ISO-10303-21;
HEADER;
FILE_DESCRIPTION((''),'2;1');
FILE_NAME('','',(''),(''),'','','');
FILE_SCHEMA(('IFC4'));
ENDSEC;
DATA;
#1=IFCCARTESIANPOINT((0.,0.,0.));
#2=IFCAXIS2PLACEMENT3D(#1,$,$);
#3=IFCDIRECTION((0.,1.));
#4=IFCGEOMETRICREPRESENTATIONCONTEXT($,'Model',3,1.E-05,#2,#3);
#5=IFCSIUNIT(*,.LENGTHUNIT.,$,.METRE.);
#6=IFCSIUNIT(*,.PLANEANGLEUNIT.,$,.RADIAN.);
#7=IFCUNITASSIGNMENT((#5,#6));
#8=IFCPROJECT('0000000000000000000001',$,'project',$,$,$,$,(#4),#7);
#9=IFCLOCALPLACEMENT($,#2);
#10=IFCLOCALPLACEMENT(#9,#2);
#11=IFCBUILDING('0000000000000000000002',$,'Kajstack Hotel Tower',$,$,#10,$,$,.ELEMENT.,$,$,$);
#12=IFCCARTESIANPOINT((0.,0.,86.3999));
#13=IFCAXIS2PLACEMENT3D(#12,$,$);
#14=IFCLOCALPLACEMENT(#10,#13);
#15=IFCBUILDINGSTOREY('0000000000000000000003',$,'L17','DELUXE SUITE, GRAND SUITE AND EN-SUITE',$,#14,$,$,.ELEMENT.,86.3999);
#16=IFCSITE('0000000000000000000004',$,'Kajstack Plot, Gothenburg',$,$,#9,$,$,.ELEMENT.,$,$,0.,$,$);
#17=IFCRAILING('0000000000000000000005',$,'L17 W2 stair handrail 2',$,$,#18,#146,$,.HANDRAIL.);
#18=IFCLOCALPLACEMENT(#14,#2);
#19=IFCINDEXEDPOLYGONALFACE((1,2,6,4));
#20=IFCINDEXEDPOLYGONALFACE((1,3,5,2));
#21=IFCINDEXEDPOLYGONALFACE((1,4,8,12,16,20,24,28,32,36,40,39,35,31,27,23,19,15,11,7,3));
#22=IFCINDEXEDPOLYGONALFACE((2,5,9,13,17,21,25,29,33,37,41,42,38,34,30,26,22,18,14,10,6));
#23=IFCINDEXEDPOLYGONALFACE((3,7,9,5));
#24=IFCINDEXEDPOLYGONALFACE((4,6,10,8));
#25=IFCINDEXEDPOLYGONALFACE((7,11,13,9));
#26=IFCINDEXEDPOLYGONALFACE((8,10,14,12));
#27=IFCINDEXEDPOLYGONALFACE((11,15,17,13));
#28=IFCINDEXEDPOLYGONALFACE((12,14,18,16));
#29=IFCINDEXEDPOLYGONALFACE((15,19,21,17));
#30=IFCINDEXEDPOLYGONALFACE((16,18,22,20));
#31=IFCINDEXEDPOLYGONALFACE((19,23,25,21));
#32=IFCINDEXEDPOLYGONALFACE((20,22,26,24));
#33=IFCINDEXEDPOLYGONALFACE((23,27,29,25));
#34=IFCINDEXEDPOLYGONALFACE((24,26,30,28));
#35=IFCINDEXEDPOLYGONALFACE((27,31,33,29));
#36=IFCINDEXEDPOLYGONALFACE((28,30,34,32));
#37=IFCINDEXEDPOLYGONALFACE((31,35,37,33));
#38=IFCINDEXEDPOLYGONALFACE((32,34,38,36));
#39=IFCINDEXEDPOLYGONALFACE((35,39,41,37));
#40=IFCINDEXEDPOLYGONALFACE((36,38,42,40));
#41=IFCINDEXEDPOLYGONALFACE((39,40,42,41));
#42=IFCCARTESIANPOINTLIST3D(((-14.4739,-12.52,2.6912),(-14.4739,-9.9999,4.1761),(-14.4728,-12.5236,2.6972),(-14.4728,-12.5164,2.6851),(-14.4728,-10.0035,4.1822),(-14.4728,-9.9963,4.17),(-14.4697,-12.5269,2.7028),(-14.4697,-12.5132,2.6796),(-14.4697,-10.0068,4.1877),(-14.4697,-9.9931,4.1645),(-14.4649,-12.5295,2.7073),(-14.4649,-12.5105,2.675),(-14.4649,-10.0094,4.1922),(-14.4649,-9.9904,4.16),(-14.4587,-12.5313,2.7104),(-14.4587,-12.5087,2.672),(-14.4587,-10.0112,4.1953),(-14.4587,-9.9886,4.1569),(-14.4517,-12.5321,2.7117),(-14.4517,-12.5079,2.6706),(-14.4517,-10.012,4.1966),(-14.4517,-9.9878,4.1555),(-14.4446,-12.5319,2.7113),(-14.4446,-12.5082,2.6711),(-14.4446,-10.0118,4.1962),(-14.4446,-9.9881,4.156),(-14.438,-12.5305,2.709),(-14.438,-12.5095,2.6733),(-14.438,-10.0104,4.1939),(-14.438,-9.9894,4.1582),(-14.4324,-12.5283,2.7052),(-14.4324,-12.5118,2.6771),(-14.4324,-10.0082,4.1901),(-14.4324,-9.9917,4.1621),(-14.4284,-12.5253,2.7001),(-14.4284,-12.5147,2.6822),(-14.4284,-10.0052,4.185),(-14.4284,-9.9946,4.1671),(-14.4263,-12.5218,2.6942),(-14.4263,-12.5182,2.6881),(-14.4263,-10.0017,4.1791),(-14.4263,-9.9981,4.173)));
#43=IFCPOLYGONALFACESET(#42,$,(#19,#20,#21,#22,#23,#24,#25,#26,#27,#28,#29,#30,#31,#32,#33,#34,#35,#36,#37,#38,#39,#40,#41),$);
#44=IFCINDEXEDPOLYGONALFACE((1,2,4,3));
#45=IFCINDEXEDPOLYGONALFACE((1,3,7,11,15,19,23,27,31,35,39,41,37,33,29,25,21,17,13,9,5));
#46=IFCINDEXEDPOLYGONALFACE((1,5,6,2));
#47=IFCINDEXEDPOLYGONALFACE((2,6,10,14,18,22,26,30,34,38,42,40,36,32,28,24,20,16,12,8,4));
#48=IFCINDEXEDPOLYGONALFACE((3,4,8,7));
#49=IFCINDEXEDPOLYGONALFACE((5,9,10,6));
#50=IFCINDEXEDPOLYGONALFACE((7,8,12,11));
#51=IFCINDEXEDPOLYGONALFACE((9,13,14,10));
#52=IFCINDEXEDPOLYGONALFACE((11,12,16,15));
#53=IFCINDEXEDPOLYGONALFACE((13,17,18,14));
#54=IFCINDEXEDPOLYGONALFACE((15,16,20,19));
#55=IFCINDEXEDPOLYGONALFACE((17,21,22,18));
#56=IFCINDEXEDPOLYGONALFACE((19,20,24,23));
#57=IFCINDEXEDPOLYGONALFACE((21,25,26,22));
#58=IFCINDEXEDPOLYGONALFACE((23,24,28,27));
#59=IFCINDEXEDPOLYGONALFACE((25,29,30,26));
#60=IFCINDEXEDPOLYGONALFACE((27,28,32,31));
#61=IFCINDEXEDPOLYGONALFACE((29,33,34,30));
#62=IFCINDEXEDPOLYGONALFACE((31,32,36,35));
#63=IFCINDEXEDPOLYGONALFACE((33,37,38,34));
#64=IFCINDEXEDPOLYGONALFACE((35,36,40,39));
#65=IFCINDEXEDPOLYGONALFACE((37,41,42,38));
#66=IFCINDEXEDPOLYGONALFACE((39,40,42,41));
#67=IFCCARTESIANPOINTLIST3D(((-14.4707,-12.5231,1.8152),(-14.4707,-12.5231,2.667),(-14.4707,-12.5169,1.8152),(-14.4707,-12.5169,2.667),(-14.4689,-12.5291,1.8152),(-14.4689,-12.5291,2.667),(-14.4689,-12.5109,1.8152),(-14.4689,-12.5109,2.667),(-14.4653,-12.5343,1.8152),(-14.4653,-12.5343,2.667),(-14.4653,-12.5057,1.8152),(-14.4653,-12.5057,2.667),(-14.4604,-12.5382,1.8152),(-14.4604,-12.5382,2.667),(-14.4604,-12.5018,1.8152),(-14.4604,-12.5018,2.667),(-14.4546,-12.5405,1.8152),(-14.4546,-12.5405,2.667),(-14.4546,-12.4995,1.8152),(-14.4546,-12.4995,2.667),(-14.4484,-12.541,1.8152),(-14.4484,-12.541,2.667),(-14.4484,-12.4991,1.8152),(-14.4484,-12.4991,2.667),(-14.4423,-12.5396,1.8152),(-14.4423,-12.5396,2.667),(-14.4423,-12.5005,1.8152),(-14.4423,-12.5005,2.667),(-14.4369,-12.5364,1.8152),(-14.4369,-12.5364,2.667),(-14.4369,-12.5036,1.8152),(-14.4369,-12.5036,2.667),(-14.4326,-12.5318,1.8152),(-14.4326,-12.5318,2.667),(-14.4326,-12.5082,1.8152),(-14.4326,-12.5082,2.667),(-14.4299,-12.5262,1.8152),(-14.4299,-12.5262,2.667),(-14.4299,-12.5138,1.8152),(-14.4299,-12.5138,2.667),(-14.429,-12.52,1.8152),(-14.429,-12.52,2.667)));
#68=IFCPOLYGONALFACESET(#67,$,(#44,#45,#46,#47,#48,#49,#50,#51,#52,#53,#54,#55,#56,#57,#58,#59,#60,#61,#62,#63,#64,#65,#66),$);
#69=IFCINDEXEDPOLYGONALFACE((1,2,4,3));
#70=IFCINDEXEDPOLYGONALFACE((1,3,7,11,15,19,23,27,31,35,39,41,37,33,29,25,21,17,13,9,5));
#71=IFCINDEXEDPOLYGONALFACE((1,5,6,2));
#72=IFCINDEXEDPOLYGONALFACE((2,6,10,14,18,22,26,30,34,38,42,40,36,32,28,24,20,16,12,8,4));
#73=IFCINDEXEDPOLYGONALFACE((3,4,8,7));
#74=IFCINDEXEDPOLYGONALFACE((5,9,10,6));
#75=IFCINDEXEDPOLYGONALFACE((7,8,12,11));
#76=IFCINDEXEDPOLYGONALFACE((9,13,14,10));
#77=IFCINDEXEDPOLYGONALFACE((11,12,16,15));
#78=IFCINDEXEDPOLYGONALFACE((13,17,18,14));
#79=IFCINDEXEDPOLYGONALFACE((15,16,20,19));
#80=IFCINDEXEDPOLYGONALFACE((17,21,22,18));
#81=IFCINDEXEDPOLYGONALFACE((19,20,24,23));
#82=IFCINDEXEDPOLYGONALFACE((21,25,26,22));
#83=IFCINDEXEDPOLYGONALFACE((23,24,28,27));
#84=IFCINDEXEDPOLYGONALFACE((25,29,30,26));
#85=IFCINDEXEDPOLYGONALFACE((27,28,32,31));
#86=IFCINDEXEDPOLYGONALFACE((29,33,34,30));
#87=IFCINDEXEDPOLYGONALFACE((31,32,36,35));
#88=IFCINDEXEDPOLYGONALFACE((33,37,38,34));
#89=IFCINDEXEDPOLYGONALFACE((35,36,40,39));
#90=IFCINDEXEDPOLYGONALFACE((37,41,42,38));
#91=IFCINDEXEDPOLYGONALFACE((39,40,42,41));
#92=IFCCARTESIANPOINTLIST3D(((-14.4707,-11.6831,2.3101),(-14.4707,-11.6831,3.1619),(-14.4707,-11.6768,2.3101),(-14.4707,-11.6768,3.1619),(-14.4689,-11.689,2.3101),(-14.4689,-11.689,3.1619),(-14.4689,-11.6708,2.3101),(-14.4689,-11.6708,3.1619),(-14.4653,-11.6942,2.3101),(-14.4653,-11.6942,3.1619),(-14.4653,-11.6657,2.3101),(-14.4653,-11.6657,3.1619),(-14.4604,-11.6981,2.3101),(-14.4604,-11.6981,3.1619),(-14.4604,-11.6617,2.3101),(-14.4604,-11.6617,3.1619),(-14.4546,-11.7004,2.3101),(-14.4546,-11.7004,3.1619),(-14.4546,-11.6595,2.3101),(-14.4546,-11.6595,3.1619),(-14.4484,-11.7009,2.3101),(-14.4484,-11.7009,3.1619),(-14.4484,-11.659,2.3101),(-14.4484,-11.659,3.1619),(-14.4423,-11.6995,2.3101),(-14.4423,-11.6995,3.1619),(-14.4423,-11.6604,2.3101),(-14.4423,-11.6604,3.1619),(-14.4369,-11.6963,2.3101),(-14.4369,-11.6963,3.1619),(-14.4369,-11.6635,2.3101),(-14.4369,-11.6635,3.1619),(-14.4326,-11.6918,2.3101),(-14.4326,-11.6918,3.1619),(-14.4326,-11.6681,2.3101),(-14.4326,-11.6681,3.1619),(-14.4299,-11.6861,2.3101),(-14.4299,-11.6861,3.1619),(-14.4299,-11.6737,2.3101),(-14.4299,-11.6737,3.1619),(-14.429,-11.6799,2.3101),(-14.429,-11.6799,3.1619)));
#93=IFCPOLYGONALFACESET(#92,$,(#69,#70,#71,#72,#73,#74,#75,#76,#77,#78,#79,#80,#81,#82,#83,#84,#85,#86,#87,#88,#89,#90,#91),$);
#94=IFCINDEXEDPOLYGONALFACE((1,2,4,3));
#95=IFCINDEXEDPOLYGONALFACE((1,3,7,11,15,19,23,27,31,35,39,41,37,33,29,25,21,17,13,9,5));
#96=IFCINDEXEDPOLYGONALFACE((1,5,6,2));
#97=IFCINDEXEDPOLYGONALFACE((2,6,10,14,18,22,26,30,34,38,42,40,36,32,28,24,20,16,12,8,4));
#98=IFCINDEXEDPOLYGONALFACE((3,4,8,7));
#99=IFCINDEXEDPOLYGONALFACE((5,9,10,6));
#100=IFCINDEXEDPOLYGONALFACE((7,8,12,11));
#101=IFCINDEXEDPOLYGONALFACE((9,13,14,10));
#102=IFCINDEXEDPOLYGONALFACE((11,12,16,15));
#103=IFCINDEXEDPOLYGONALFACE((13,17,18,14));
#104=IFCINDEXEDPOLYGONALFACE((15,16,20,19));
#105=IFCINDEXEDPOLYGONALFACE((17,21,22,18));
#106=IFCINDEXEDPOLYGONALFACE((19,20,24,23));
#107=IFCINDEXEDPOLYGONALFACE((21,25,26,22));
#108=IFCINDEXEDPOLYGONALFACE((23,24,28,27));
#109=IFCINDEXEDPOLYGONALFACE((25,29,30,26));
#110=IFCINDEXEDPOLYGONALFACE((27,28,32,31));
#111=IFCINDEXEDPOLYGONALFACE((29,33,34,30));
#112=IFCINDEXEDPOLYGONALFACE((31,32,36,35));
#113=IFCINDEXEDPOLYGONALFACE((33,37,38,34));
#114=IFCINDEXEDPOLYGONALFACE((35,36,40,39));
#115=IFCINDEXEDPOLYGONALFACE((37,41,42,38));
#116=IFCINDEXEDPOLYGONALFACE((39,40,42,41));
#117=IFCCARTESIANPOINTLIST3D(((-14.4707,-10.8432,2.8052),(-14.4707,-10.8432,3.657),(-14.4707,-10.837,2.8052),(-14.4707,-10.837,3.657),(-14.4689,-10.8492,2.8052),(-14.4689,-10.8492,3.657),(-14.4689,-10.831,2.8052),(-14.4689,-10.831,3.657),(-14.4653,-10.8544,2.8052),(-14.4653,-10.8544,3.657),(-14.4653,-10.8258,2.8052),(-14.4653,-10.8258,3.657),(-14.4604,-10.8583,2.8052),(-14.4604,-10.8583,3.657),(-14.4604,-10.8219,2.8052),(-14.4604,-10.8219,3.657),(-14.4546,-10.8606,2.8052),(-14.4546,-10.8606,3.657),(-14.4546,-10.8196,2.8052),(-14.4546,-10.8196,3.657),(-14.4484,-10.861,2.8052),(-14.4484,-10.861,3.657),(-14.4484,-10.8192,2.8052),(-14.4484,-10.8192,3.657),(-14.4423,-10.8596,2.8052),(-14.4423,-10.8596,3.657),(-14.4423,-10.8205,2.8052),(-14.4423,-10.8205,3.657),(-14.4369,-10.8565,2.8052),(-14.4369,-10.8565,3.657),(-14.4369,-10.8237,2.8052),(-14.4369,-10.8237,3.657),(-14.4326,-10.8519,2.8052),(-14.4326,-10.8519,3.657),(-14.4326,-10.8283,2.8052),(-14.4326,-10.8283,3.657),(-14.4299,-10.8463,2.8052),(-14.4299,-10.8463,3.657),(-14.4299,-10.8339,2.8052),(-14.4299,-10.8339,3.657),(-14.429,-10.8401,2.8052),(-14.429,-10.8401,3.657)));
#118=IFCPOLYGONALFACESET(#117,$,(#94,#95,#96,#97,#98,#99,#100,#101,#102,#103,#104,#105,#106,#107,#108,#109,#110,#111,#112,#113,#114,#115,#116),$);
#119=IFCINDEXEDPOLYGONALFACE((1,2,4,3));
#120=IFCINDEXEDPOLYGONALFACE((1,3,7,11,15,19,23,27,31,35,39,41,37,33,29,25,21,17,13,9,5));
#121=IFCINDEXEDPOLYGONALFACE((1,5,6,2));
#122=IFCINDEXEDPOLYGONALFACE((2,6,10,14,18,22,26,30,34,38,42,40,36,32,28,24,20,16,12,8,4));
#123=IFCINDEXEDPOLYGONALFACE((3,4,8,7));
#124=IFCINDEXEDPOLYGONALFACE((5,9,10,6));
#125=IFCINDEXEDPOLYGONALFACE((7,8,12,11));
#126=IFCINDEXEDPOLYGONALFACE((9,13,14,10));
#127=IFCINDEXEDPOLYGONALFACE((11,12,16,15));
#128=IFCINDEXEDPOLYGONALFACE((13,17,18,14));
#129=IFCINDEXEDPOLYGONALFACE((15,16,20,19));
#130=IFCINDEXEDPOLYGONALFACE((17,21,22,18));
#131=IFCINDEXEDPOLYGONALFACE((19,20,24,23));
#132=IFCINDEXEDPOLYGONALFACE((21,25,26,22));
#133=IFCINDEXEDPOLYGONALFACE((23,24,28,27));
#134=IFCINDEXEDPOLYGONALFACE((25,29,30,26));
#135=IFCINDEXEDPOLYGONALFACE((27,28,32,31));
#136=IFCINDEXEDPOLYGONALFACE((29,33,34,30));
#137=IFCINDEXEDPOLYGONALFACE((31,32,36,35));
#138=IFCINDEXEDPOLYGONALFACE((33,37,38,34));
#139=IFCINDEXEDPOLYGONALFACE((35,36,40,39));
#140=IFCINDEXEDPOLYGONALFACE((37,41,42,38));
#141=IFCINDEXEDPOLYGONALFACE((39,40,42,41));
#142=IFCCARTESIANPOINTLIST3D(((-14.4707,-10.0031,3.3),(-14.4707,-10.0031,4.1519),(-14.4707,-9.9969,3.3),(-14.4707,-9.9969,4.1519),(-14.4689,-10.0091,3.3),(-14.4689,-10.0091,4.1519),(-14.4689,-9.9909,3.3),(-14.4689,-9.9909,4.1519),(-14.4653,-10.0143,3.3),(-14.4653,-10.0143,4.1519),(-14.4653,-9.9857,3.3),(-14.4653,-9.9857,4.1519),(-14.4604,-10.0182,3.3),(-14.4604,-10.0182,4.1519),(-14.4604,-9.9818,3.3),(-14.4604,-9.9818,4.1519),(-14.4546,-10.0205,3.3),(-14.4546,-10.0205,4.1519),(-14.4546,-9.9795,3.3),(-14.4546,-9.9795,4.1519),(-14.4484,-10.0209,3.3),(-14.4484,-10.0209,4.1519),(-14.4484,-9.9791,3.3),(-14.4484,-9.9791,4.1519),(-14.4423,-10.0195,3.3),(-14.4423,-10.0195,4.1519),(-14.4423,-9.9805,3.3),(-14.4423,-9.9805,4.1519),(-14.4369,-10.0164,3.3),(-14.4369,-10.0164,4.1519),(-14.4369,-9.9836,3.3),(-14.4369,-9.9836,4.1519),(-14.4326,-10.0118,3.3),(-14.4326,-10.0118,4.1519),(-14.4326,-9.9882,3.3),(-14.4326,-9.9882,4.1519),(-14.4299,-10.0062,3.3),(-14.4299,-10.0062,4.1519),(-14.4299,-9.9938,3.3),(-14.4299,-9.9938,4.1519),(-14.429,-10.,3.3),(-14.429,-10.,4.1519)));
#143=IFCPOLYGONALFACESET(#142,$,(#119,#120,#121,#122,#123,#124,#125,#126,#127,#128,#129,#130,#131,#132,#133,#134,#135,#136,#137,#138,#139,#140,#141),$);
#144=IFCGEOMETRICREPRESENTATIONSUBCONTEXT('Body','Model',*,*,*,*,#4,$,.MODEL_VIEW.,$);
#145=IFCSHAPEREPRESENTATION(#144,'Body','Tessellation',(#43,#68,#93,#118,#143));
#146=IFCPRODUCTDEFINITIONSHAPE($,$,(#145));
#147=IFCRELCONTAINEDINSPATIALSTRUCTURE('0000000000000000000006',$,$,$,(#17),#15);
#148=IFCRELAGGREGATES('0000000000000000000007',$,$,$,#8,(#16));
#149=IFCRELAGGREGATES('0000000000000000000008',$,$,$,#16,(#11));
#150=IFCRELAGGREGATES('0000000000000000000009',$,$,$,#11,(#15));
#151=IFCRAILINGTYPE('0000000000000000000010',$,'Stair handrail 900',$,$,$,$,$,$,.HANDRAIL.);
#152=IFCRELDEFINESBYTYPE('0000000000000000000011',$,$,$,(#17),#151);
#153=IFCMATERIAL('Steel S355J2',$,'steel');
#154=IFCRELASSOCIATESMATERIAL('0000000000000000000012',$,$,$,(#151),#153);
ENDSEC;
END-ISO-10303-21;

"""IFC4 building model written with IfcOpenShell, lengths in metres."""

from ifc_helpers import new_model, si_unit, direction, frame, origin, origin_2d, place, context, subcontext, project, spatial, circle, extrude, material, type_object, element, save


model = new_model("IFC4")

# Units and contexts
model_context = context("Model", 3, precision=1e-05, world=origin(), true_north=direction((0.0, 1.0)))
body_context = subcontext(model_context, "Body", "Model", "MODEL_VIEW")
ifc_project = project(units=[si_unit("LENGTHUNIT", "METRE"), si_unit("PLANEANGLEUNIT", "RADIAN")], contexts=[model_context])

# Site, building, storey
site_placement = place(None, origin())
site = spatial("IfcSite", under=ifc_project, at=site_placement, Name="Kajstack Plot, Gothenburg", CompositionType="ELEMENT", RefElevation=0.0)
building_placement = place(site_placement, origin())
building = spatial("IfcBuilding", under=site, at=building_placement, Name="Kajstack Hotel Tower", CompositionType="ELEMENT")
storey_placement = place(building_placement, frame((0.0, 0.0, 86.3999)))
storey = spatial("IfcBuildingStorey", under=building, at=storey_placement, Name="L17", Description="DELUXE SUITE, GRAND SUITE AND EN-SUITE", CompositionType="ELEMENT", Elevation=86.3999)

# Railing
ifc_material_1 = material(Name="Steel S355J2", Category="steel")
railing_type_1 = type_object("IfcRailingType", Name="Stair handrail 900", PredefinedType="HANDRAIL", material=ifc_material_1)
railing_1_placement = place(storey_placement, frame((-14.45, -12.52, 1.8152)))
element("IfcRailing", 1, at=railing_1_placement, inside=storey, type_object=railing_type_1, Name="L17 W2 stair handrail 2", PredefinedType="HANDRAIL", context=body_context, shape_type="SweptSolid", body=[
    extrude(circle(Radius=0.0239, at=origin_2d()), frame((0.0, 0.0, 0.876), z_axis=(0.0, 0.861561, 0.507655), x_axis=(-1.0, 0.0, 0.0)), (0.0, 0.0, 1.0), 2.925),
    extrude(circle(Radius=0.021, at=origin_2d()), origin(), (0.0, 0.0, 1.0), 0.8518),
    extrude(circle(Radius=0.021, at=origin_2d()), frame((0.0, 0.8401, 0.4949)), (0.0, 0.0, 1.0), 0.8518),
    extrude(circle(Radius=0.021, at=origin_2d()), frame((0.0, 1.6799, 0.99)), (0.0, 0.0, 1.0), 0.8518),
    extrude(circle(Radius=0.021, at=origin_2d()), frame((0.0, 2.52, 1.4849)), (0.0, 0.0, 1.0), 0.8518),
])

save(model, "model.ifc")
